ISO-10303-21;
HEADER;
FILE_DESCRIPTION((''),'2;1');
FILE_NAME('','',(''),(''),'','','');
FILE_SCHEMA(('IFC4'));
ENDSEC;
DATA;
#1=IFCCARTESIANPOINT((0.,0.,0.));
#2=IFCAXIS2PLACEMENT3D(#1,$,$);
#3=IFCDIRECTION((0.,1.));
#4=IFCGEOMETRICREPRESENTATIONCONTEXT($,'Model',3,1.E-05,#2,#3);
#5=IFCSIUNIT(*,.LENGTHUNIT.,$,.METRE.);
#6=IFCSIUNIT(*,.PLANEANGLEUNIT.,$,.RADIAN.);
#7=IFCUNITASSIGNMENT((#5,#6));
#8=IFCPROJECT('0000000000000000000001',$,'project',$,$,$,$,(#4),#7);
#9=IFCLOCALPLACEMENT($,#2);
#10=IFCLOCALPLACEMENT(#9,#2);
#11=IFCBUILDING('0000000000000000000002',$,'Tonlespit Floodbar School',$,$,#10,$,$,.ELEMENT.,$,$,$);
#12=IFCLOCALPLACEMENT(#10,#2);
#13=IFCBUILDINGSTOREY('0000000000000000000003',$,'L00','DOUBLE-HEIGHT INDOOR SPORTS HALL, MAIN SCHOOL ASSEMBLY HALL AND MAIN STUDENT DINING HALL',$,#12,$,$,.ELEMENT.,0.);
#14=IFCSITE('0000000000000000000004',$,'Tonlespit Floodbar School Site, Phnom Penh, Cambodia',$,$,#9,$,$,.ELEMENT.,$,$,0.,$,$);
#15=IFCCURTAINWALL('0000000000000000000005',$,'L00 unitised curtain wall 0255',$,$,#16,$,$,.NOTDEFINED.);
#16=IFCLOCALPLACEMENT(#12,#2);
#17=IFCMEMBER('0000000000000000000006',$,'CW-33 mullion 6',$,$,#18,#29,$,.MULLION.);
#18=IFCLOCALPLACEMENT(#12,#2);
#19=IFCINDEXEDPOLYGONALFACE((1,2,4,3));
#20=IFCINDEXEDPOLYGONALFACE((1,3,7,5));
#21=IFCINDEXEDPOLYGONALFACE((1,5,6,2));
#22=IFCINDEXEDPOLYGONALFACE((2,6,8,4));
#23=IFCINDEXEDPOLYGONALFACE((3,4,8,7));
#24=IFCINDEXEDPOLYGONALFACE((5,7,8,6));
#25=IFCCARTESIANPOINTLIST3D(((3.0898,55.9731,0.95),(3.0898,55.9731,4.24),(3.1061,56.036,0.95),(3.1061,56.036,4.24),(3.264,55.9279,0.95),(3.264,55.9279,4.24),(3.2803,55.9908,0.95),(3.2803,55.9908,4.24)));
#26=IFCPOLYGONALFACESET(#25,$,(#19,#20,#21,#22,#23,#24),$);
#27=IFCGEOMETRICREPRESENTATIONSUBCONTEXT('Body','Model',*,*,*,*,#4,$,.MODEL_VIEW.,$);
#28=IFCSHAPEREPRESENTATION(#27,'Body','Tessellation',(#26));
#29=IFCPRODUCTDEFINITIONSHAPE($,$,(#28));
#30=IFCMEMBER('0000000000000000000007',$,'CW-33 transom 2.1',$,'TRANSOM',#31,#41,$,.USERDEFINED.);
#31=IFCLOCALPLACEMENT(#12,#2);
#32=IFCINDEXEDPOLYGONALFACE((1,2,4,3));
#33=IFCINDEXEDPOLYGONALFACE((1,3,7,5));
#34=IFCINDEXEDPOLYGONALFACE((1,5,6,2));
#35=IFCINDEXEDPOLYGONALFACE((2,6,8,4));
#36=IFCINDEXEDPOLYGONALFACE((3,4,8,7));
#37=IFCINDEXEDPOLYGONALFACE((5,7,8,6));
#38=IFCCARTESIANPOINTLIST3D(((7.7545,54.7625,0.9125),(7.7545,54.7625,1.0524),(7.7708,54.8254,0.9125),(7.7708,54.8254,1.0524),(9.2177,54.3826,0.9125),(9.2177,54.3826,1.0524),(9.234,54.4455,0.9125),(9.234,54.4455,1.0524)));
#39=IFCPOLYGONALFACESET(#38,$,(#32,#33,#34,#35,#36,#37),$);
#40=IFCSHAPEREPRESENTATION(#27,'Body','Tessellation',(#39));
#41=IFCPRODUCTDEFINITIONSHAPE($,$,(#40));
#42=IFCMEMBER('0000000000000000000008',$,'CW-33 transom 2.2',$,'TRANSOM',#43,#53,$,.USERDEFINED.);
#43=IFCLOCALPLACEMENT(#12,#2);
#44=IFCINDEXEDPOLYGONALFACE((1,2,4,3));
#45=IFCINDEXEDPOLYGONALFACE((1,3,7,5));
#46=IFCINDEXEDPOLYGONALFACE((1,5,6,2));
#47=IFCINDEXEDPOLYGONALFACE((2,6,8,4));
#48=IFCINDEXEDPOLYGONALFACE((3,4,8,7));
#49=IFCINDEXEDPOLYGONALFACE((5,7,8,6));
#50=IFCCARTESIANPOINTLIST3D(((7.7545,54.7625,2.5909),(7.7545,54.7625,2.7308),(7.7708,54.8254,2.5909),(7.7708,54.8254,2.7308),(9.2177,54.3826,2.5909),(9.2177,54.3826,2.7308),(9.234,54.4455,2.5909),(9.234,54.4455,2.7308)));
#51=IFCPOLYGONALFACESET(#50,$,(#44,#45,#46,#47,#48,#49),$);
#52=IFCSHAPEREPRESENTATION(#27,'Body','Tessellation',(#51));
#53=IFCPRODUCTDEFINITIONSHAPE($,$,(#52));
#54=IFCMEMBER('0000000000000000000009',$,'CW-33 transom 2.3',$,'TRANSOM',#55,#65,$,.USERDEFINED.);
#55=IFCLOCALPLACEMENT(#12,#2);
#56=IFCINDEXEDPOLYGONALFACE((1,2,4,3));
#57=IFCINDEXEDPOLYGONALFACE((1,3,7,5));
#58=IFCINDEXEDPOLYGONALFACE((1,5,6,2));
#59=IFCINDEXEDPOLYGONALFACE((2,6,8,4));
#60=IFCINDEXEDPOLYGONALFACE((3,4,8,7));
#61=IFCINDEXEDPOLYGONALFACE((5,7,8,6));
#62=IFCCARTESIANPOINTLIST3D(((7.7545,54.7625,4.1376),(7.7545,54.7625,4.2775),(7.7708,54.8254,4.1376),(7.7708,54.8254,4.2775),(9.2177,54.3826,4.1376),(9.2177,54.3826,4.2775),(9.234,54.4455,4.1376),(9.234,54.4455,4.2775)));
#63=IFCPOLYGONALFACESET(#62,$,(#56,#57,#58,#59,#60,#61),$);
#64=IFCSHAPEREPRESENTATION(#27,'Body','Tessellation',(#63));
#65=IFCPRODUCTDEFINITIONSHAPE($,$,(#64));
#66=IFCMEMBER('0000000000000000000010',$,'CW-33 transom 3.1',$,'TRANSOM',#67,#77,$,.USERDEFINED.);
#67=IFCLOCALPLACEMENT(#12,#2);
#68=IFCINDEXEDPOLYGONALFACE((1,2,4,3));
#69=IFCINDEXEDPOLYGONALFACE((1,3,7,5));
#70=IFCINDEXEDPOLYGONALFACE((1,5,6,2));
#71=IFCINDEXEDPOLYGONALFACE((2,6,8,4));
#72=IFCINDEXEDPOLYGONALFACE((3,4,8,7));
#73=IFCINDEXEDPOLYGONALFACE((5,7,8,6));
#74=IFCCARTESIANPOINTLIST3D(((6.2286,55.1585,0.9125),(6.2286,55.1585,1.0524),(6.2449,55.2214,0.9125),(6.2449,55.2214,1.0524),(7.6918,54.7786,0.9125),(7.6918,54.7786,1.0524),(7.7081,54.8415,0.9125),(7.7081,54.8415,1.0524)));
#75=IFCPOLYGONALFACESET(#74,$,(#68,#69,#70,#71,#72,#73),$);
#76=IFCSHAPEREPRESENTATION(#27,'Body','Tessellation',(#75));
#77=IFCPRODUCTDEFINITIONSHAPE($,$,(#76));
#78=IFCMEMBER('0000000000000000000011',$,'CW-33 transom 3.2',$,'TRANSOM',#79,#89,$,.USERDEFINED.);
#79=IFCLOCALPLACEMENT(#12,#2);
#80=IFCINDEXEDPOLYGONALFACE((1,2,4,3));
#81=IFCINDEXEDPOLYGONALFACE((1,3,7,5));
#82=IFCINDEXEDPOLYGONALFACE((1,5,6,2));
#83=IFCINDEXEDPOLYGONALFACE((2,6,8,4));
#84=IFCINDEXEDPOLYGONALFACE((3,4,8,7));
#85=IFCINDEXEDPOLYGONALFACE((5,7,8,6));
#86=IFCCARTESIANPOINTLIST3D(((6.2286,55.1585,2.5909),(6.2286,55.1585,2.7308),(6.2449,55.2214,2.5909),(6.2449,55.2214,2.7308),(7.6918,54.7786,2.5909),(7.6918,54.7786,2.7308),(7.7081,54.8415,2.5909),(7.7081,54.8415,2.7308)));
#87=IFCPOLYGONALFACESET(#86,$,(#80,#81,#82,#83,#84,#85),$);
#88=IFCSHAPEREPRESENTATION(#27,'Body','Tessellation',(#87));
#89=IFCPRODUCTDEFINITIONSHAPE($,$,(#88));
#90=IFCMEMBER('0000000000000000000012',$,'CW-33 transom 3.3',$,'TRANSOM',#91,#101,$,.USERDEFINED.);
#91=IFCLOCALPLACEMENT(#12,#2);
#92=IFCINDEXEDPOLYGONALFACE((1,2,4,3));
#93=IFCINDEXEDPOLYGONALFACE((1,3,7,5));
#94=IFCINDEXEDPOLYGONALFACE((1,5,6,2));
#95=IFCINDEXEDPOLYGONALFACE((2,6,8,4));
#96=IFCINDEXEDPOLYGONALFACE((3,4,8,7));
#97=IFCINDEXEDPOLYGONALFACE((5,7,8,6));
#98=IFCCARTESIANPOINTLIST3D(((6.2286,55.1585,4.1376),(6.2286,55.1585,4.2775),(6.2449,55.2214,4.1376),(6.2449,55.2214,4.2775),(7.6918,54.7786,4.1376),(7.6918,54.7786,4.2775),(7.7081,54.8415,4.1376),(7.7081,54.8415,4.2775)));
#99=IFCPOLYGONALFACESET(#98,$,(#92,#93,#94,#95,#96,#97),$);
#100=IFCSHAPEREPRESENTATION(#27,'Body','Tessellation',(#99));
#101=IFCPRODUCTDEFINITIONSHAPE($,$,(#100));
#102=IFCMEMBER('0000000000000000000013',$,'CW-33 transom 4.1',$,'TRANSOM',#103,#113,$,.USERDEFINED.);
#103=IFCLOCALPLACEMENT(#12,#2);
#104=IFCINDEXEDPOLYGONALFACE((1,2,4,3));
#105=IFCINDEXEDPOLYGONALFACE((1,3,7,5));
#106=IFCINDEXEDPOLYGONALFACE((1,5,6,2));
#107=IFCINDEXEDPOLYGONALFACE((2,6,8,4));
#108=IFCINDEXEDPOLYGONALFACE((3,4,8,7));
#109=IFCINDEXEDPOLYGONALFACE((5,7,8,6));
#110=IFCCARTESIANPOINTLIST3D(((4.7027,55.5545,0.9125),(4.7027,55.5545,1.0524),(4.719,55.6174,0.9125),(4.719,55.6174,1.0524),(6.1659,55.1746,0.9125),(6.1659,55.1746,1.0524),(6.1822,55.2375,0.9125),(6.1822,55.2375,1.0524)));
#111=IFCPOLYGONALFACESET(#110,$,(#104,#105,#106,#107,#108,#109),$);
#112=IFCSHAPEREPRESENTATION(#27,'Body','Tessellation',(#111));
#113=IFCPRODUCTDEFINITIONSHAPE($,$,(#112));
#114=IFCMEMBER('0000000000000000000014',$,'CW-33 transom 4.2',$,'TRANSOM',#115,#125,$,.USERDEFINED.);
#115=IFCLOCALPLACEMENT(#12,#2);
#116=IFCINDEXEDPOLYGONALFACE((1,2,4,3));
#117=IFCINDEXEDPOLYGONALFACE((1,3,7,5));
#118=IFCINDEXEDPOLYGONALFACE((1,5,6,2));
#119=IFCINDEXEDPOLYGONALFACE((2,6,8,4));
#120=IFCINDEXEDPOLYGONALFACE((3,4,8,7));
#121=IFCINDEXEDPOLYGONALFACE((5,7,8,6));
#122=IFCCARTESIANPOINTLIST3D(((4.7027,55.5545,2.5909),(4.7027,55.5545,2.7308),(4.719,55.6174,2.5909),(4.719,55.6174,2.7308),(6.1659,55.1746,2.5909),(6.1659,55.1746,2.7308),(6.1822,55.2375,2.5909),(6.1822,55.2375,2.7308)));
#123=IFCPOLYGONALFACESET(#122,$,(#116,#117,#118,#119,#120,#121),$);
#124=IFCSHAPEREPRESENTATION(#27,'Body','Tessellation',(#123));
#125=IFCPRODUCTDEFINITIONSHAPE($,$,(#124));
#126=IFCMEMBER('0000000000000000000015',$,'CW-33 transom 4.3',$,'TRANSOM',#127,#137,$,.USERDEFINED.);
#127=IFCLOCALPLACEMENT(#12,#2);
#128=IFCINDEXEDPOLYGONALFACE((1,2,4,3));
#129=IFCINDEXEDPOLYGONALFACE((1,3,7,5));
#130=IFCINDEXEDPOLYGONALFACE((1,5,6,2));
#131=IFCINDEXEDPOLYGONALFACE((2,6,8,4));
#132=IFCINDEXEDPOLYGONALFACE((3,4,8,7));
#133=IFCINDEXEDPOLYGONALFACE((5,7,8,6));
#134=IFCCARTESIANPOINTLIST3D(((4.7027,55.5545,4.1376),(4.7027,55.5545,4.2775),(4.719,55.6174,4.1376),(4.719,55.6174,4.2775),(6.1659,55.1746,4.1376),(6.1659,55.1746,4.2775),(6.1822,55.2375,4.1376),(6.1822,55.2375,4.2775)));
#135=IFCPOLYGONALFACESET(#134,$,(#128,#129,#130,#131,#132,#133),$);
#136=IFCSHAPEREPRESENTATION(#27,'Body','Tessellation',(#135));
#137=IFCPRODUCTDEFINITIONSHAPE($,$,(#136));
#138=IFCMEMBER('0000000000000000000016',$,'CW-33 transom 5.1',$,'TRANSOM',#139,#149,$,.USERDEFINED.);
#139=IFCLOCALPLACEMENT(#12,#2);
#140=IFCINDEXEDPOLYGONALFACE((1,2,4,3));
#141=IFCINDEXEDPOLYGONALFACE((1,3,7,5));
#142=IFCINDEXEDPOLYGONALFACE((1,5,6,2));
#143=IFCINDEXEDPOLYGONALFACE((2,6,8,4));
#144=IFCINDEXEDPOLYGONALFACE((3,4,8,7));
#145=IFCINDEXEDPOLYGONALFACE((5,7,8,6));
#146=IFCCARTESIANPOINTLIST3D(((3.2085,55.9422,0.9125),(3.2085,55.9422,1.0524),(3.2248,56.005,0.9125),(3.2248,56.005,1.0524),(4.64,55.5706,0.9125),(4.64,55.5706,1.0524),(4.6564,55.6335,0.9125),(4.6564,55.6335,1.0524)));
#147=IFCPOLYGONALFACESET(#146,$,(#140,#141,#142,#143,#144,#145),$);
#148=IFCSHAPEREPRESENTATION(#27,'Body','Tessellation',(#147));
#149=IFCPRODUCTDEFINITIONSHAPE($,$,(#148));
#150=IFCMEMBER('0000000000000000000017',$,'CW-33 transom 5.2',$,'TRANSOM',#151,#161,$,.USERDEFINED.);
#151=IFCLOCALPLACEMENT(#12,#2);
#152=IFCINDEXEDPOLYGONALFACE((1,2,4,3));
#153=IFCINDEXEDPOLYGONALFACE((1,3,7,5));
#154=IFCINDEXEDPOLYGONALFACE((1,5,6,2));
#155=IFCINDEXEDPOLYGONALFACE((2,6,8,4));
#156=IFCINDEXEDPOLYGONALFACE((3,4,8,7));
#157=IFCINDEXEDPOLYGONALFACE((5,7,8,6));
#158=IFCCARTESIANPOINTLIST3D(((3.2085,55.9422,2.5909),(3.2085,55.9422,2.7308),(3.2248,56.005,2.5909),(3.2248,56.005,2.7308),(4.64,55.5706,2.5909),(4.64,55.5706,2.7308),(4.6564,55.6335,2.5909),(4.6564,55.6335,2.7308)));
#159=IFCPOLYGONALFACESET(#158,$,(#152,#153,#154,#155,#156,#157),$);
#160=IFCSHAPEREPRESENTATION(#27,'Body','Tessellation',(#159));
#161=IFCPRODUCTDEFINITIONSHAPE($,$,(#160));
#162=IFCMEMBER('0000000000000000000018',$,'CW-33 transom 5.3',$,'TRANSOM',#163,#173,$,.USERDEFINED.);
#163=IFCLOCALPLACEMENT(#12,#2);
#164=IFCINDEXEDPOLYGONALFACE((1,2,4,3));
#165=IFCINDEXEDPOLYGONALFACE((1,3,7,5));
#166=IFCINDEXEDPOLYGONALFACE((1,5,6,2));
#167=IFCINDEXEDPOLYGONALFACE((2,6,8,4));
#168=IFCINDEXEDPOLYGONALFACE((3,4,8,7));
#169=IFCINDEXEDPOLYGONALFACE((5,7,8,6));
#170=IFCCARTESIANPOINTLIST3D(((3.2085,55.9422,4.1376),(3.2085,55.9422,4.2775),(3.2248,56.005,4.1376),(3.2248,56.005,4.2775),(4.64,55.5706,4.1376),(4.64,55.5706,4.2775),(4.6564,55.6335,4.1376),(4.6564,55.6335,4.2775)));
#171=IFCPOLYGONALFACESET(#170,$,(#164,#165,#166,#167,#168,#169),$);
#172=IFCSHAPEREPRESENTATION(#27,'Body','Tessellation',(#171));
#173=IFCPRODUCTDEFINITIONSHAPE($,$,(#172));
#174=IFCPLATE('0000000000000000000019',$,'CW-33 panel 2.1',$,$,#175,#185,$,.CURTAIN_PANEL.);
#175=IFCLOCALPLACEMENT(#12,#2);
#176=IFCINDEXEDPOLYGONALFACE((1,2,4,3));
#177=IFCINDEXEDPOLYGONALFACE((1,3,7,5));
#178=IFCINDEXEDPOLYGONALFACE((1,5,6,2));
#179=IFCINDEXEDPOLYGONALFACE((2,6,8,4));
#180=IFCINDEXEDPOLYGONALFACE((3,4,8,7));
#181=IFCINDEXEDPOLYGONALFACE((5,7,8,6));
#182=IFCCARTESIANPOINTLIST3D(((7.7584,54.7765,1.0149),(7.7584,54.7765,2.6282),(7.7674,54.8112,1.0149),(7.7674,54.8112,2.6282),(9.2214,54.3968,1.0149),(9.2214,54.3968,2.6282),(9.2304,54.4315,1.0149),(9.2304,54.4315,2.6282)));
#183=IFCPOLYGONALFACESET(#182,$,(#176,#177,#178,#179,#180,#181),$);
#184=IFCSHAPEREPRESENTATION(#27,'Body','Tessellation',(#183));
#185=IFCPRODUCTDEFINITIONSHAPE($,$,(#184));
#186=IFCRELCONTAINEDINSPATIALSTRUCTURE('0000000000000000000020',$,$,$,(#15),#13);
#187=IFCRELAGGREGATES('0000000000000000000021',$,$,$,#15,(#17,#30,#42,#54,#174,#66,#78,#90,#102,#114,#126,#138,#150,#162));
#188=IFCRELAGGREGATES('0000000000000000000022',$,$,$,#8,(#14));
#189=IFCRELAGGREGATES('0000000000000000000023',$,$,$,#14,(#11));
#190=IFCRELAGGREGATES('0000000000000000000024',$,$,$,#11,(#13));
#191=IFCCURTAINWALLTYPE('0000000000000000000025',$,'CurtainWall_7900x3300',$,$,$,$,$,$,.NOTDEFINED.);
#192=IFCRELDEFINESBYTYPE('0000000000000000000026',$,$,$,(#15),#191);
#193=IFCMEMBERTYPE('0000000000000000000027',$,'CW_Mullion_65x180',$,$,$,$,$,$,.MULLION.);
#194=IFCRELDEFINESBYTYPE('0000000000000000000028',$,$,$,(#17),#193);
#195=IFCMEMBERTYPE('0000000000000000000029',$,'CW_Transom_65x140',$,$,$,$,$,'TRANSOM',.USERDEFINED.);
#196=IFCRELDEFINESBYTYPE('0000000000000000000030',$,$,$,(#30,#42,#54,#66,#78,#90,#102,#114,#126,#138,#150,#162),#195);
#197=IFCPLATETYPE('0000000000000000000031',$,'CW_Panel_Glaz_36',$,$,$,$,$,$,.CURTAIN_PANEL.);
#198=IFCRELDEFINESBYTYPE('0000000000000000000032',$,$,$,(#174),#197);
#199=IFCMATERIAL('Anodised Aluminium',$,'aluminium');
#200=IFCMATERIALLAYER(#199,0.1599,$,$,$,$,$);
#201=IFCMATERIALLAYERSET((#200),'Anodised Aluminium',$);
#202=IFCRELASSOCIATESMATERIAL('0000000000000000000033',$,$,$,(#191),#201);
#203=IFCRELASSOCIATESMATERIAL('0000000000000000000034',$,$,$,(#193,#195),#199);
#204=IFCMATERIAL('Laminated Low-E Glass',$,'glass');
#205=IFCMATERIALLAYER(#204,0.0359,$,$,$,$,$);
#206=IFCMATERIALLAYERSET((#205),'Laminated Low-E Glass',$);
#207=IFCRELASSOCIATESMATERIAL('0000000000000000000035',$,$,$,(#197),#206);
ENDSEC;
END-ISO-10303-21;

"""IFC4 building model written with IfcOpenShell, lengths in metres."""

from ifc_helpers import new_model, si_unit, direction, frame, origin, origin_2d, place, context, subcontext, project, spatial, rectangle, extrude, material, layer, layer_set, material_profile, profile_set, type_object, element, aggregate, save


model = new_model("IFC4")

# Units and contexts
model_context = context("Model", 3, precision=1e-05, world=origin(), true_north=direction((0.0, 1.0)))
body_context = subcontext(model_context, "Body", "Model", "MODEL_VIEW")
ifc_project = project(units=[si_unit("LENGTHUNIT", "METRE"), si_unit("PLANEANGLEUNIT", "RADIAN")], contexts=[model_context])

# Site, building, storey
site_placement = place(None, origin())
site = spatial("IfcSite", under=ifc_project, at=site_placement, Name="Tonlespit Floodbar School Site, Phnom Penh, Cambodia", CompositionType="ELEMENT", RefElevation=0.0)
building_placement = place(site_placement, origin())
building = spatial("IfcBuilding", under=site, at=building_placement, Name="Tonlespit Floodbar School", CompositionType="ELEMENT")
storey_placement = place(building_placement, origin())
storey = spatial("IfcBuildingStorey", under=building, at=storey_placement, Name="L00", Description="DOUBLE-HEIGHT INDOOR SPORTS HALL, MAIN SCHOOL ASSEMBLY HALL AND MAIN STUDENT DINING HALL", CompositionType="ELEMENT", Elevation=0.0)

# Curtain wall, members, plate
ifc_material_1 = material(Name="Anodised Aluminium", Category="aluminium")
ifc_layer_1 = layer(ifc_material_1, 0.1599)
ifc_layer_set_1 = layer_set([ifc_layer_1], Name="Anodised Aluminium")
curtain_wall_type = type_object("IfcCurtainWallType", Name="CurtainWall_7900x3300", PredefinedType="NOTDEFINED", material=ifc_layer_set_1)
curtain_wall_placement = place(storey_placement, origin())
curtain_wall = element("IfcCurtainWall", 1, at=curtain_wall_placement, inside=storey, type_object=curtain_wall_type, Name="L00 unitised curtain wall 0255", PredefinedType="NOTDEFINED")
ifc_material_profile_1 = material_profile(ifc_material_1, rectangle(XDim=0.0649, YDim=0.1799, at=origin_2d()), Name="ALU M65x180")
ifc_profile_set_1 = profile_set([ifc_material_profile_1], Name="Anodised Aluminium")
member_type_1 = type_object("IfcMemberType", Name="CW_Mullion_65x180", PredefinedType="MULLION", material=ifc_profile_set_1)
member_1_placement = place(storey_placement, frame((3.1851, 55.9819, 0.95), z_axis=(0.0, 0.0, 1.0), x_axis=(-0.251201, -0.967935, 0.0)))
member_1 = element("IfcMember", 2, at=member_1_placement, type_object=member_type_1, Name="CW-33 mullion 6", PredefinedType="MULLION", context=body_context, shape_type="SweptSolid", body=[
    extrude(rectangle(XDim=0.0649, YDim=0.1799, at=origin_2d()), origin(), (0.0, 0.0, 1.0), 3.29),
])
ifc_material_profile_2 = material_profile(ifc_material_1, rectangle(XDim=0.0649, YDim=0.1399, at=origin_2d()), Name="ALU T65x140")
ifc_profile_set_2 = profile_set([ifc_material_profile_2], Name="Anodised Aluminium")
member_type_2 = type_object("IfcMemberType", Name="CW_Transom_65x140", ElementType="TRANSOM", PredefinedType="USERDEFINED", material=ifc_profile_set_2)
member_2_placement = place(storey_placement, frame((9.2258, 54.4141, 0.9824), z_axis=(-0.967908, 0.251304, 0.0), x_axis=(-0.251304, -0.967908, 0.0)))
member_2 = element("IfcMember", 3, at=member_2_placement, type_object=member_type_2, Name="CW-33 transom 2.1", ObjectType="TRANSOM", PredefinedType="USERDEFINED", context=body_context, shape_type="SweptSolid", body=[
    extrude(rectangle(XDim=0.0649, YDim=0.1399, at=origin_2d()), origin(), (0.0, 0.0, 1.0), 1.5117),
])
member_3_placement = place(storey_placement, frame((9.2258, 54.4141, 2.6609), z_axis=(-0.967908, 0.251304, 0.0), x_axis=(-0.251304, -0.967908, 0.0)))
member_3 = element("IfcMember", 4, at=member_3_placement, type_object=member_type_2, Name="CW-33 transom 2.2", ObjectType="TRANSOM", PredefinedType="USERDEFINED", context=body_context, shape_type="SweptSolid", body=[
    extrude(rectangle(XDim=0.0649, YDim=0.1399, at=origin_2d()), origin(), (0.0, 0.0, 1.0), 1.5117),
])
member_4_placement = place(storey_placement, frame((9.2258, 54.4141, 4.2075), z_axis=(-0.967908, 0.251304, 0.0), x_axis=(-0.251304, -0.967908, 0.0)))
member_4 = element("IfcMember", 5, at=member_4_placement, type_object=member_type_2, Name="CW-33 transom 2.3", ObjectType="TRANSOM", PredefinedType="USERDEFINED", context=body_context, shape_type="SweptSolid", body=[
    extrude(rectangle(XDim=0.0649, YDim=0.1399, at=origin_2d()), origin(), (0.0, 0.0, 1.0), 1.5117),
])
member_5_placement = place(storey_placement, frame((7.7, 54.8101, 0.9824), z_axis=(-0.967908, 0.251304, 0.0), x_axis=(-0.251304, -0.967908, 0.0)))
member_5 = element("IfcMember", 6, at=member_5_placement, type_object=member_type_2, Name="CW-33 transom 3.1", ObjectType="TRANSOM", PredefinedType="USERDEFINED", context=body_context, shape_type="SweptSolid", body=[
    extrude(rectangle(XDim=0.0649, YDim=0.1399, at=origin_2d()), origin(), (0.0, 0.0, 1.0), 1.5117),
])
member_6_placement = place(storey_placement, frame((7.7, 54.8101, 2.6609), z_axis=(-0.967908, 0.251304, 0.0), x_axis=(-0.251304, -0.967908, 0.0)))
member_6 = element("IfcMember", 7, at=member_6_placement, type_object=member_type_2, Name="CW-33 transom 3.2", ObjectType="TRANSOM", PredefinedType="USERDEFINED", context=body_context, shape_type="SweptSolid", body=[
    extrude(rectangle(XDim=0.0649, YDim=0.1399, at=origin_2d()), origin(), (0.0, 0.0, 1.0), 1.5117),
])
member_7_placement = place(storey_placement, frame((7.7, 54.8101, 4.2075), z_axis=(-0.967908, 0.251304, 0.0), x_axis=(-0.251304, -0.967908, 0.0)))
member_7 = element("IfcMember", 8, at=member_7_placement, type_object=member_type_2, Name="CW-33 transom 3.3", ObjectType="TRANSOM", PredefinedType="USERDEFINED", context=body_context, shape_type="SweptSolid", body=[
    extrude(rectangle(XDim=0.0649, YDim=0.1399, at=origin_2d()), origin(), (0.0, 0.0, 1.0), 1.5117),
])
member_8_placement = place(storey_placement, frame((6.1741, 55.2061, 0.9824), z_axis=(-0.967908, 0.251304, 0.0), x_axis=(-0.251304, -0.967908, 0.0)))
member_8 = element("IfcMember", 9, at=member_8_placement, type_object=member_type_2, Name="CW-33 transom 4.1", ObjectType="TRANSOM", PredefinedType="USERDEFINED", context=body_context, shape_type="SweptSolid", body=[
    extrude(rectangle(XDim=0.0649, YDim=0.1399, at=origin_2d()), origin(), (0.0, 0.0, 1.0), 1.5117),
])
member_9_placement = place(storey_placement, frame((6.1741, 55.2061, 2.6609), z_axis=(-0.967908, 0.251304, 0.0), x_axis=(-0.251304, -0.967908, 0.0)))
member_9 = element("IfcMember", 10, at=member_9_placement, type_object=member_type_2, Name="CW-33 transom 4.2", ObjectType="TRANSOM", PredefinedType="USERDEFINED", context=body_context, shape_type="SweptSolid", body=[
    extrude(rectangle(XDim=0.0649, YDim=0.1399, at=origin_2d()), origin(), (0.0, 0.0, 1.0), 1.5117),
])
member_10_placement = place(storey_placement, frame((6.1741, 55.2061, 4.2075), z_axis=(-0.967908, 0.251304, 0.0), x_axis=(-0.251304, -0.967908, 0.0)))
member_10 = element("IfcMember", 11, at=member_10_placement, type_object=member_type_2, Name="CW-33 transom 4.3", ObjectType="TRANSOM", PredefinedType="USERDEFINED", context=body_context, shape_type="SweptSolid", body=[
    extrude(rectangle(XDim=0.0649, YDim=0.1399, at=origin_2d()), origin(), (0.0, 0.0, 1.0), 1.5117),
])
member_11_placement = place(storey_placement, frame((4.6482, 55.6021, 0.9824), z_axis=(-0.967929, 0.251226, 0.0), x_axis=(-0.251226, -0.967929, 0.0)))
member_11 = element("IfcMember", 12, at=member_11_placement, type_object=member_type_2, Name="CW-33 transom 5.1", ObjectType="TRANSOM", PredefinedType="USERDEFINED", context=body_context, shape_type="SweptSolid", body=[
    extrude(rectangle(XDim=0.0649, YDim=0.1399, at=origin_2d()), origin(), (0.0, 0.0, 1.0), 1.479),
])
member_12_placement = place(storey_placement, frame((4.6482, 55.6021, 2.6609), z_axis=(-0.967929, 0.251226, 0.0), x_axis=(-0.251226, -0.967929, 0.0)))
member_12 = element("IfcMember", 13, at=member_12_placement, type_object=member_type_2, Name="CW-33 transom 5.2", ObjectType="TRANSOM", PredefinedType="USERDEFINED", context=body_context, shape_type="SweptSolid", body=[
    extrude(rectangle(XDim=0.0649, YDim=0.1399, at=origin_2d()), origin(), (0.0, 0.0, 1.0), 1.479),
])
member_13_placement = place(storey_placement, frame((4.6482, 55.6021, 4.2075), z_axis=(-0.967929, 0.251226, 0.0), x_axis=(-0.251226, -0.967929, 0.0)))
member_13 = element("IfcMember", 14, at=member_13_placement, type_object=member_type_2, Name="CW-33 transom 5.3", ObjectType="TRANSOM", PredefinedType="USERDEFINED", context=body_context, shape_type="SweptSolid", body=[
    extrude(rectangle(XDim=0.0649, YDim=0.1399, at=origin_2d()), origin(), (0.0, 0.0, 1.0), 1.479),
])
ifc_material_2 = material(Name="Laminated Low-E Glass", Category="glass")
ifc_layer_2 = layer(ifc_material_2, 0.0359)
ifc_layer_set_2 = layer_set([ifc_layer_2], Name="Laminated Low-E Glass")
plate_type = type_object("IfcPlateType", Name="CW_Panel_Glaz_36", PredefinedType="CURTAIN_PANEL", material=ifc_layer_set_2)
plate_1_placement = place(storey_placement, frame((8.4944, 54.604, 1.0149), z_axis=(0.0, 0.0, 1.0), x_axis=(-0.967935, 0.251201, 0.0)))
plate_1 = element("IfcPlate", 15, at=plate_1_placement, type_object=plate_type, Name="CW-33 panel 2.1", PredefinedType="CURTAIN_PANEL", context=body_context, shape_type="SweptSolid", body=[
    extrude(rectangle(XDim=1.5115, YDim=0.0359, at=origin_2d()), origin(), (0.0, 0.0, 1.0), 1.6133),
])
aggregate(curtain_wall, [member_1, member_2, member_3, member_4, plate_1, member_5, member_6, member_7, member_8, member_9, member_10, member_11, member_12, member_13])

save(model, "model.ifc")
